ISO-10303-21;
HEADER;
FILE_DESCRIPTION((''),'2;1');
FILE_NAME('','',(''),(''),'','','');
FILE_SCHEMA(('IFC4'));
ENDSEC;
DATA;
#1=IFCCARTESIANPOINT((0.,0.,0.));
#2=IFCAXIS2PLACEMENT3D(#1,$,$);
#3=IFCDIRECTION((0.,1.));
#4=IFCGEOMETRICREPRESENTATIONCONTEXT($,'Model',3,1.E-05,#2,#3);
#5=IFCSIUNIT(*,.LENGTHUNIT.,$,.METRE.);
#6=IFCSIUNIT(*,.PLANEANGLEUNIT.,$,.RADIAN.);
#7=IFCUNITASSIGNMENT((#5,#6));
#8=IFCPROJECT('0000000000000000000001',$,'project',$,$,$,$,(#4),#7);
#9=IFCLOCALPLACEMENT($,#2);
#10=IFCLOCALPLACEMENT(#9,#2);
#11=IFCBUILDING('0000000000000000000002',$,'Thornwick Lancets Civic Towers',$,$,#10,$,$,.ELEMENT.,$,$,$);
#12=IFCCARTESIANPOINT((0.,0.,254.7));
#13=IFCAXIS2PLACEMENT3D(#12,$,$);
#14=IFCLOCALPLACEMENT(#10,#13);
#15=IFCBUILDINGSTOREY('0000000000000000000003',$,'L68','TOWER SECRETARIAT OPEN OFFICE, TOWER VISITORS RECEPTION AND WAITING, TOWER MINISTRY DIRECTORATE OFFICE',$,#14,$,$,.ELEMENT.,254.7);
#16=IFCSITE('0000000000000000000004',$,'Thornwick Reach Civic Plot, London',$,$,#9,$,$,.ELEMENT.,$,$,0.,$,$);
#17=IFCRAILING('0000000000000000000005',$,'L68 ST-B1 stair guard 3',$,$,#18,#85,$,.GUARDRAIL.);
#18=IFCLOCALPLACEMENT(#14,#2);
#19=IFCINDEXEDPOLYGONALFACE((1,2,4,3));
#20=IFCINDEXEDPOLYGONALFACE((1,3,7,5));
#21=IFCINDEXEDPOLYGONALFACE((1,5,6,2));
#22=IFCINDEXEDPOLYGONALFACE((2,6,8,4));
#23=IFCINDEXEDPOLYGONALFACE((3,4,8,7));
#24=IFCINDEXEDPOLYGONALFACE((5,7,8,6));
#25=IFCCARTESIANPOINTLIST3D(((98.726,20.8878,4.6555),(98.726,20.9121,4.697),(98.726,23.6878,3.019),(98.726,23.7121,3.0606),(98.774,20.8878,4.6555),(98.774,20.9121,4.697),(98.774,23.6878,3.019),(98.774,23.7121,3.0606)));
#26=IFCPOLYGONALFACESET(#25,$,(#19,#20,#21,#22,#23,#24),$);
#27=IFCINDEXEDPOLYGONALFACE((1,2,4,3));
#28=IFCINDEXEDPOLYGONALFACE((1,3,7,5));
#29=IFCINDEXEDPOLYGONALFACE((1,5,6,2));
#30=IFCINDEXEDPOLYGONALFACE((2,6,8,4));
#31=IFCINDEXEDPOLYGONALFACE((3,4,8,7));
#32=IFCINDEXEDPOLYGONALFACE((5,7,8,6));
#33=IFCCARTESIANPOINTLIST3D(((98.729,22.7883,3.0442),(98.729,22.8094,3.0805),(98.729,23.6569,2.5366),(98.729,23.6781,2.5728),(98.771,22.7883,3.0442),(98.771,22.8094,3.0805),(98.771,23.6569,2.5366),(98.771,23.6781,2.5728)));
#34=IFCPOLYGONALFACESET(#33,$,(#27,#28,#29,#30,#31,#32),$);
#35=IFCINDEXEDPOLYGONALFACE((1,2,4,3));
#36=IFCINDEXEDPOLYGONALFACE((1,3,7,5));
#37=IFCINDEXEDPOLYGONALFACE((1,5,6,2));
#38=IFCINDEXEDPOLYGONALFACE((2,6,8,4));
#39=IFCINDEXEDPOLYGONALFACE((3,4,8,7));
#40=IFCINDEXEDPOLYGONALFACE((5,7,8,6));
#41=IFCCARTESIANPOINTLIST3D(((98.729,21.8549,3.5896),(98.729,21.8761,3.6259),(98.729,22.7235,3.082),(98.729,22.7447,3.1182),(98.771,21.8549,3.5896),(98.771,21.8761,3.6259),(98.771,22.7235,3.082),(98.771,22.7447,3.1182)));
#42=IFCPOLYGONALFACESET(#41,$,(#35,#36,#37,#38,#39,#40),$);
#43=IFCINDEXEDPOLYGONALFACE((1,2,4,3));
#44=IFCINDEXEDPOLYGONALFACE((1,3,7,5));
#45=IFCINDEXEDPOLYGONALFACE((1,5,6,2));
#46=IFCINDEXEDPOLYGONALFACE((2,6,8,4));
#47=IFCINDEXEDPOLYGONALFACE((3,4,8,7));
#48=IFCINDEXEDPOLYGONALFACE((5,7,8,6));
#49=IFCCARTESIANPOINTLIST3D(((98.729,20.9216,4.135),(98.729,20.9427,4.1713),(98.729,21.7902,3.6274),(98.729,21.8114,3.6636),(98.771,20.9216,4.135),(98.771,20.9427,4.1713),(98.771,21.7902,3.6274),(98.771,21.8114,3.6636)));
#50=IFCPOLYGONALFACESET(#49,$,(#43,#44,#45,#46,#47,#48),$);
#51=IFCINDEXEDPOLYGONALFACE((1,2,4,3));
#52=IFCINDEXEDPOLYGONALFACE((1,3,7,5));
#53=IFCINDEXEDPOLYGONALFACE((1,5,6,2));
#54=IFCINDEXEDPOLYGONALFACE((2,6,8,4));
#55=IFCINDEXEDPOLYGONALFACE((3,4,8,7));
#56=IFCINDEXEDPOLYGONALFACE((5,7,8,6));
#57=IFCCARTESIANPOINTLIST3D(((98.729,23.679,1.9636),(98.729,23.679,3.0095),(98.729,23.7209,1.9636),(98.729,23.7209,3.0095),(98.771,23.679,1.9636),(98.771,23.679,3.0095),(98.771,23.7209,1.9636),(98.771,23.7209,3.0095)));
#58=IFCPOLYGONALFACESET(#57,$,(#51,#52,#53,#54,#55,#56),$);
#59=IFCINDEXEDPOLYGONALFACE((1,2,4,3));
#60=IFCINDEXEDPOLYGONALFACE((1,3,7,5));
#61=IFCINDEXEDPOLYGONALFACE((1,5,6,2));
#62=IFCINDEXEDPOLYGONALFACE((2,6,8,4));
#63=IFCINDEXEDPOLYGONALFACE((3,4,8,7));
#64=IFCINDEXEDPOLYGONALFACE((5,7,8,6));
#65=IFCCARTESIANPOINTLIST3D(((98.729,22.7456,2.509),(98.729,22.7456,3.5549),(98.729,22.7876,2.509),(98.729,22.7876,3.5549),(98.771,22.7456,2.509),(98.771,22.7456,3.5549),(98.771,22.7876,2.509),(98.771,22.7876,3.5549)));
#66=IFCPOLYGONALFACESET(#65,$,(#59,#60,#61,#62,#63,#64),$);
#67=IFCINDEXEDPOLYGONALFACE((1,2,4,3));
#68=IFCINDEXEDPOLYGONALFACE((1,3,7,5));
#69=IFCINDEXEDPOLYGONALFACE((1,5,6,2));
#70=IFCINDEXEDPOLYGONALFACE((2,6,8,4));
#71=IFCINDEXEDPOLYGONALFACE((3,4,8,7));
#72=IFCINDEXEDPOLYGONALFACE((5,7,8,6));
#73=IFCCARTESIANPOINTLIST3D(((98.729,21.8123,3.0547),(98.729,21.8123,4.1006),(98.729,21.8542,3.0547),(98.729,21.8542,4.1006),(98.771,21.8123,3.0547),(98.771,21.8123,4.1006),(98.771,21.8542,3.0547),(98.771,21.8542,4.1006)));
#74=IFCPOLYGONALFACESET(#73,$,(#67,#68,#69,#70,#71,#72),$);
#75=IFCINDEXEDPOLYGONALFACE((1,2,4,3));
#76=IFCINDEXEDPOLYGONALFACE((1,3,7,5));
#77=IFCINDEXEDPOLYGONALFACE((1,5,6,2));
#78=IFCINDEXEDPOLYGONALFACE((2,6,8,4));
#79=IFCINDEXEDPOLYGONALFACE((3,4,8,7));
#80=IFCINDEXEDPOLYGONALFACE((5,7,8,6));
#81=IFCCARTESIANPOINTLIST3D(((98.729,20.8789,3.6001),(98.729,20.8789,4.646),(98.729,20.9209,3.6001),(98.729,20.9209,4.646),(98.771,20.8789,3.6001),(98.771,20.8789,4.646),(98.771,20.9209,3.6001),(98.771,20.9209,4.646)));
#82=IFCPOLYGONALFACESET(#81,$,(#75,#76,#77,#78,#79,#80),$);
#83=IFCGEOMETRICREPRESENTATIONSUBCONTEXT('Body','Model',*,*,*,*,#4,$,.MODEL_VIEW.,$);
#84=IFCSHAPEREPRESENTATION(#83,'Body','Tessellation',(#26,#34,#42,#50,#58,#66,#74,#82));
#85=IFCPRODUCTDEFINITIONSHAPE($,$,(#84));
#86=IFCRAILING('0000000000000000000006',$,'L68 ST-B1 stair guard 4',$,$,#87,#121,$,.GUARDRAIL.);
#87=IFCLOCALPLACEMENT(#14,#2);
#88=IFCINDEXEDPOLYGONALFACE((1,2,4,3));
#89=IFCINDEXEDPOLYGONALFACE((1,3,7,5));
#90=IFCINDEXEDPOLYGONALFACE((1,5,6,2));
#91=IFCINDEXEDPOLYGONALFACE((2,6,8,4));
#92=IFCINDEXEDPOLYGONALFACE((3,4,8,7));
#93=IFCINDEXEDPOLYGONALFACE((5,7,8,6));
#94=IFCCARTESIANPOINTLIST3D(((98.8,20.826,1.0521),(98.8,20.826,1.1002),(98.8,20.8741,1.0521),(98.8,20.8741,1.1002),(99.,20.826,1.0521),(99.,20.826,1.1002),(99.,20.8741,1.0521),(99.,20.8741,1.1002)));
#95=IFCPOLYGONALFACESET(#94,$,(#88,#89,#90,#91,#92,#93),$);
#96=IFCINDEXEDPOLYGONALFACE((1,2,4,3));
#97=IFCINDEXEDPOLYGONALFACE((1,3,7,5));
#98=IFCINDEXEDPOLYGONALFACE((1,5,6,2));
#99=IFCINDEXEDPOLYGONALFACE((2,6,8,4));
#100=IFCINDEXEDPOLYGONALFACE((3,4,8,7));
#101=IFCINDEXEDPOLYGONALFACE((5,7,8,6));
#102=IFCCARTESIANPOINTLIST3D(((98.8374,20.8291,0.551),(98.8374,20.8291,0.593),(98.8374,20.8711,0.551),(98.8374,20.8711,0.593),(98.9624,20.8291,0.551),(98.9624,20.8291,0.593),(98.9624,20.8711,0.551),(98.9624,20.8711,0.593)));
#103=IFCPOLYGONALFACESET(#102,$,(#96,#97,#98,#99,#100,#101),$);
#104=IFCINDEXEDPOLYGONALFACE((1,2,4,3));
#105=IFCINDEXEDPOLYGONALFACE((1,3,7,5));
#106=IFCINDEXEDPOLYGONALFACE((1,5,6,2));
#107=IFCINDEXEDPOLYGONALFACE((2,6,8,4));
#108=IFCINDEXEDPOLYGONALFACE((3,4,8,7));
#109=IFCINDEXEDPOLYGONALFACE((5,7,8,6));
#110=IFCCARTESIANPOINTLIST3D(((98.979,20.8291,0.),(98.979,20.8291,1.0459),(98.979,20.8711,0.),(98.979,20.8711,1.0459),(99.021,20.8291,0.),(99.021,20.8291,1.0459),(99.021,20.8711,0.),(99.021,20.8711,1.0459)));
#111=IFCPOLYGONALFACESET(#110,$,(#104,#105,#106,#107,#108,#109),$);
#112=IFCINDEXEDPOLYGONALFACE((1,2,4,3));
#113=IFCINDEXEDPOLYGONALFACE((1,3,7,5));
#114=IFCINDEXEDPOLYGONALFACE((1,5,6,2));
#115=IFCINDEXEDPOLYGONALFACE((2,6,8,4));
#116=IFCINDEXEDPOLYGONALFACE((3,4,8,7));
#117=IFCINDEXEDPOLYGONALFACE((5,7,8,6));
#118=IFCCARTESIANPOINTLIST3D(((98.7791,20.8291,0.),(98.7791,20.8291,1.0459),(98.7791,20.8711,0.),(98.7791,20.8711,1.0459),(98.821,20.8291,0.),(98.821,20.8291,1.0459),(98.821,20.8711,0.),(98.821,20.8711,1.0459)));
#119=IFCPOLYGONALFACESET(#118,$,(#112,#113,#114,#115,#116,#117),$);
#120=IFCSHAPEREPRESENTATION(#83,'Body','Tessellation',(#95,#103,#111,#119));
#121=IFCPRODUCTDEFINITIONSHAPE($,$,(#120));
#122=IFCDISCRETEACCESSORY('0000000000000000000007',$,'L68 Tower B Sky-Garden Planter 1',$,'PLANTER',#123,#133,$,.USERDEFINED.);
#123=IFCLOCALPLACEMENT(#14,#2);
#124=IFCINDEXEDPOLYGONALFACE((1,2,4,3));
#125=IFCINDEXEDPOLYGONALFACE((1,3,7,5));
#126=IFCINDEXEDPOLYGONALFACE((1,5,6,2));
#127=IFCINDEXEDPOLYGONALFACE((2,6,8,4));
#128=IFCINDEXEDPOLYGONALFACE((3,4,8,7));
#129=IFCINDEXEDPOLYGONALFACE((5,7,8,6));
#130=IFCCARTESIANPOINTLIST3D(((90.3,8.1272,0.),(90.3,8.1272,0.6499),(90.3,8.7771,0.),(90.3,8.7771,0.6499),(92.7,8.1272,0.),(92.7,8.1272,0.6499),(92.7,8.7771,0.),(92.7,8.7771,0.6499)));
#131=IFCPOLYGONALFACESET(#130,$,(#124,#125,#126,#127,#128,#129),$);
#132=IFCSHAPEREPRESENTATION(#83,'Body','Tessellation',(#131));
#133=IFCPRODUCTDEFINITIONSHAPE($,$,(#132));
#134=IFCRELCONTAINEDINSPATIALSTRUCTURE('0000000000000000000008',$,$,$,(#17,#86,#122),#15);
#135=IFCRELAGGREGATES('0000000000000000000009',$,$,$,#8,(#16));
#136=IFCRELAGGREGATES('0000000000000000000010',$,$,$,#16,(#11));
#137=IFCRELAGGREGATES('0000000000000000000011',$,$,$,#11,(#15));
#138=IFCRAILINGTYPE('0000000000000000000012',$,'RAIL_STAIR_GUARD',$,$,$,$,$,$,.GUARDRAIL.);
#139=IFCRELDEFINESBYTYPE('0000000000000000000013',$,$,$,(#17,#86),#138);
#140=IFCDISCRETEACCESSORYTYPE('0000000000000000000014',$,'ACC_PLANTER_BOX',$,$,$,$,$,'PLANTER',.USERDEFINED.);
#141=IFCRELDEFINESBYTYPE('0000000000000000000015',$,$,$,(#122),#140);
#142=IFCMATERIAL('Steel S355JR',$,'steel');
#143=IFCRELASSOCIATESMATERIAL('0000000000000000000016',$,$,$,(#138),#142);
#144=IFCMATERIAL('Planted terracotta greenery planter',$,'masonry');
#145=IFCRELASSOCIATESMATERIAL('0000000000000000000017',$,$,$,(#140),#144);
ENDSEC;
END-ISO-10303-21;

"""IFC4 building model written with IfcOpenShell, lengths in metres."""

from ifc_helpers import new_model, si_unit, direction, frame, origin, origin_2d, place, context, subcontext, project, spatial, rectangle, extrude, material, type_object, element, save


model = new_model("IFC4")

# Units and contexts
model_context = context("Model", 3, precision=1e-05, world=origin(), true_north=direction((0.0, 1.0)))
body_context = subcontext(model_context, "Body", "Model", "MODEL_VIEW")
ifc_project = project(units=[si_unit("LENGTHUNIT", "METRE"), si_unit("PLANEANGLEUNIT", "RADIAN")], contexts=[model_context])

# Site, building, storey
site_placement = place(None, origin())
site = spatial("IfcSite", under=ifc_project, at=site_placement, Name="Thornwick Reach Civic Plot, London", CompositionType="ELEMENT", RefElevation=0.0)
building_placement = place(site_placement, origin())
building = spatial("IfcBuilding", under=site, at=building_placement, Name="Thornwick Lancets Civic Towers", CompositionType="ELEMENT")
storey_placement = place(building_placement, frame((0.0, 0.0, 254.7)))
storey = spatial("IfcBuildingStorey", under=building, at=storey_placement, Name="L68", Description="TOWER SECRETARIAT OPEN OFFICE, TOWER VISITORS RECEPTION AND WAITING, TOWER MINISTRY DIRECTORATE OFFICE", CompositionType="ELEMENT", Elevation=254.7)

# Shared definitions
ifc_material_1 = material(Name="Steel S355JR", Category="steel")

# Railings
railing_type_1 = type_object("IfcRailingType", Name="RAIL_STAIR_GUARD", PredefinedType="GUARDRAIL", material=ifc_material_1)
railing_1_placement = place(storey_placement, frame((98.75, 23.7, 1.9636)))
element("IfcRailing", 1, at=railing_1_placement, inside=storey, type_object=railing_type_1, Name="L68 ST-B1 stair guard 3", PredefinedType="GUARDRAIL", context=body_context, shape_type="SweptSolid", body=[
    extrude(rectangle(XDim=0.0481, YDim=0.0481, at=origin_2d()), frame((0.0, 0.0, 1.0762), z_axis=(0.0, -0.863361, 0.504587), x_axis=(1.0, 0.0, 0.0)), (0.0, 0.0, 1.0), 3.2432),
    extrude(rectangle(XDim=0.042, YDim=0.042, at=origin_2d()), frame((0.0, -0.0325, 0.5911), z_axis=(0.0, -0.863361, 0.504587), x_axis=(1.0, 0.0, 0.0)), (0.0, 0.0, 1.0), 1.0061),
    extrude(rectangle(XDim=0.042, YDim=0.042, at=origin_2d()), frame((0.0, -0.9658, 1.1365), z_axis=(0.0, -0.863361, 0.504587), x_axis=(1.0, 0.0, 0.0)), (0.0, 0.0, 1.0), 1.0061),
    extrude(rectangle(XDim=0.042, YDim=0.042, at=origin_2d()), frame((0.0, -1.8992, 1.6819), z_axis=(0.0, -0.863361, 0.504587), x_axis=(1.0, 0.0, 0.0)), (0.0, 0.0, 1.0), 1.0061),
    extrude(rectangle(XDim=0.042, YDim=0.042, at=origin_2d()), origin(), (0.0, 0.0, 1.0), 1.0459),
    extrude(rectangle(XDim=0.042, YDim=0.042, at=origin_2d()), frame((0.0, -0.9333, 0.5454)), (0.0, 0.0, 1.0), 1.0459),
    extrude(rectangle(XDim=0.042, YDim=0.042, at=origin_2d()), frame((0.0, -1.8667, 1.0911)), (0.0, 0.0, 1.0), 1.0459),
    extrude(rectangle(XDim=0.042, YDim=0.042, at=origin_2d()), frame((0.0, -2.8, 1.6365)), (0.0, 0.0, 1.0), 1.0459),
])
railing_2_placement = place(storey_placement, frame((99.0, 20.8501, 0.0)))
element("IfcRailing", 2, at=railing_2_placement, inside=storey, type_object=railing_type_1, Name="L68 ST-B1 stair guard 4", PredefinedType="GUARDRAIL", context=body_context, shape_type="SweptSolid", body=[
    extrude(rectangle(XDim=0.0481, YDim=0.0481, at=origin_2d()), frame((0.0, 0.0, 1.0762), z_axis=(-1.0, 0.0, 0.0), x_axis=(0.0, -1.0, 0.0)), (0.0, 0.0, 1.0), 0.2),
    extrude(rectangle(XDim=0.042, YDim=0.042, at=origin_2d()), frame((-0.0376, 0.0, 0.572), z_axis=(-1.0, 0.0, 0.0), x_axis=(0.0, -1.0, 0.0)), (0.0, 0.0, 1.0), 0.125),
    extrude(rectangle(XDim=0.042, YDim=0.042, at=origin_2d()), origin(), (0.0, 0.0, 1.0), 1.0459),
    extrude(rectangle(XDim=0.042, YDim=0.042, at=origin_2d()), frame((-0.2, 0.0, 0.0)), (0.0, 0.0, 1.0), 1.0459),
])

# Discrete accessory
ifc_material_2 = material(Name="Planted terracotta greenery planter", Category="masonry")
discrete_accessory_type = type_object("IfcDiscreteAccessoryType", Name="ACC_PLANTER_BOX", ElementType="PLANTER", PredefinedType="USERDEFINED", material=ifc_material_2)
discrete_accessory_placement = place(storey_placement, frame((91.5, 8.4521, 0.0), z_axis=(0.0, 0.0, 1.0), x_axis=(1.0, 0.0, 0.0)))
element("IfcDiscreteAccessory", 3, at=discrete_accessory_placement, inside=storey, type_object=discrete_accessory_type, Name="L68 Tower B Sky-Garden Planter 1", ObjectType="PLANTER", PredefinedType="USERDEFINED", context=body_context, shape_type="SweptSolid", body=[
    extrude(rectangle(XDim=2.3999, YDim=0.6499, at=origin_2d()), origin(), (0.0, 0.0, 1.0), 0.6499),
])

save(model, "model.ifc")
